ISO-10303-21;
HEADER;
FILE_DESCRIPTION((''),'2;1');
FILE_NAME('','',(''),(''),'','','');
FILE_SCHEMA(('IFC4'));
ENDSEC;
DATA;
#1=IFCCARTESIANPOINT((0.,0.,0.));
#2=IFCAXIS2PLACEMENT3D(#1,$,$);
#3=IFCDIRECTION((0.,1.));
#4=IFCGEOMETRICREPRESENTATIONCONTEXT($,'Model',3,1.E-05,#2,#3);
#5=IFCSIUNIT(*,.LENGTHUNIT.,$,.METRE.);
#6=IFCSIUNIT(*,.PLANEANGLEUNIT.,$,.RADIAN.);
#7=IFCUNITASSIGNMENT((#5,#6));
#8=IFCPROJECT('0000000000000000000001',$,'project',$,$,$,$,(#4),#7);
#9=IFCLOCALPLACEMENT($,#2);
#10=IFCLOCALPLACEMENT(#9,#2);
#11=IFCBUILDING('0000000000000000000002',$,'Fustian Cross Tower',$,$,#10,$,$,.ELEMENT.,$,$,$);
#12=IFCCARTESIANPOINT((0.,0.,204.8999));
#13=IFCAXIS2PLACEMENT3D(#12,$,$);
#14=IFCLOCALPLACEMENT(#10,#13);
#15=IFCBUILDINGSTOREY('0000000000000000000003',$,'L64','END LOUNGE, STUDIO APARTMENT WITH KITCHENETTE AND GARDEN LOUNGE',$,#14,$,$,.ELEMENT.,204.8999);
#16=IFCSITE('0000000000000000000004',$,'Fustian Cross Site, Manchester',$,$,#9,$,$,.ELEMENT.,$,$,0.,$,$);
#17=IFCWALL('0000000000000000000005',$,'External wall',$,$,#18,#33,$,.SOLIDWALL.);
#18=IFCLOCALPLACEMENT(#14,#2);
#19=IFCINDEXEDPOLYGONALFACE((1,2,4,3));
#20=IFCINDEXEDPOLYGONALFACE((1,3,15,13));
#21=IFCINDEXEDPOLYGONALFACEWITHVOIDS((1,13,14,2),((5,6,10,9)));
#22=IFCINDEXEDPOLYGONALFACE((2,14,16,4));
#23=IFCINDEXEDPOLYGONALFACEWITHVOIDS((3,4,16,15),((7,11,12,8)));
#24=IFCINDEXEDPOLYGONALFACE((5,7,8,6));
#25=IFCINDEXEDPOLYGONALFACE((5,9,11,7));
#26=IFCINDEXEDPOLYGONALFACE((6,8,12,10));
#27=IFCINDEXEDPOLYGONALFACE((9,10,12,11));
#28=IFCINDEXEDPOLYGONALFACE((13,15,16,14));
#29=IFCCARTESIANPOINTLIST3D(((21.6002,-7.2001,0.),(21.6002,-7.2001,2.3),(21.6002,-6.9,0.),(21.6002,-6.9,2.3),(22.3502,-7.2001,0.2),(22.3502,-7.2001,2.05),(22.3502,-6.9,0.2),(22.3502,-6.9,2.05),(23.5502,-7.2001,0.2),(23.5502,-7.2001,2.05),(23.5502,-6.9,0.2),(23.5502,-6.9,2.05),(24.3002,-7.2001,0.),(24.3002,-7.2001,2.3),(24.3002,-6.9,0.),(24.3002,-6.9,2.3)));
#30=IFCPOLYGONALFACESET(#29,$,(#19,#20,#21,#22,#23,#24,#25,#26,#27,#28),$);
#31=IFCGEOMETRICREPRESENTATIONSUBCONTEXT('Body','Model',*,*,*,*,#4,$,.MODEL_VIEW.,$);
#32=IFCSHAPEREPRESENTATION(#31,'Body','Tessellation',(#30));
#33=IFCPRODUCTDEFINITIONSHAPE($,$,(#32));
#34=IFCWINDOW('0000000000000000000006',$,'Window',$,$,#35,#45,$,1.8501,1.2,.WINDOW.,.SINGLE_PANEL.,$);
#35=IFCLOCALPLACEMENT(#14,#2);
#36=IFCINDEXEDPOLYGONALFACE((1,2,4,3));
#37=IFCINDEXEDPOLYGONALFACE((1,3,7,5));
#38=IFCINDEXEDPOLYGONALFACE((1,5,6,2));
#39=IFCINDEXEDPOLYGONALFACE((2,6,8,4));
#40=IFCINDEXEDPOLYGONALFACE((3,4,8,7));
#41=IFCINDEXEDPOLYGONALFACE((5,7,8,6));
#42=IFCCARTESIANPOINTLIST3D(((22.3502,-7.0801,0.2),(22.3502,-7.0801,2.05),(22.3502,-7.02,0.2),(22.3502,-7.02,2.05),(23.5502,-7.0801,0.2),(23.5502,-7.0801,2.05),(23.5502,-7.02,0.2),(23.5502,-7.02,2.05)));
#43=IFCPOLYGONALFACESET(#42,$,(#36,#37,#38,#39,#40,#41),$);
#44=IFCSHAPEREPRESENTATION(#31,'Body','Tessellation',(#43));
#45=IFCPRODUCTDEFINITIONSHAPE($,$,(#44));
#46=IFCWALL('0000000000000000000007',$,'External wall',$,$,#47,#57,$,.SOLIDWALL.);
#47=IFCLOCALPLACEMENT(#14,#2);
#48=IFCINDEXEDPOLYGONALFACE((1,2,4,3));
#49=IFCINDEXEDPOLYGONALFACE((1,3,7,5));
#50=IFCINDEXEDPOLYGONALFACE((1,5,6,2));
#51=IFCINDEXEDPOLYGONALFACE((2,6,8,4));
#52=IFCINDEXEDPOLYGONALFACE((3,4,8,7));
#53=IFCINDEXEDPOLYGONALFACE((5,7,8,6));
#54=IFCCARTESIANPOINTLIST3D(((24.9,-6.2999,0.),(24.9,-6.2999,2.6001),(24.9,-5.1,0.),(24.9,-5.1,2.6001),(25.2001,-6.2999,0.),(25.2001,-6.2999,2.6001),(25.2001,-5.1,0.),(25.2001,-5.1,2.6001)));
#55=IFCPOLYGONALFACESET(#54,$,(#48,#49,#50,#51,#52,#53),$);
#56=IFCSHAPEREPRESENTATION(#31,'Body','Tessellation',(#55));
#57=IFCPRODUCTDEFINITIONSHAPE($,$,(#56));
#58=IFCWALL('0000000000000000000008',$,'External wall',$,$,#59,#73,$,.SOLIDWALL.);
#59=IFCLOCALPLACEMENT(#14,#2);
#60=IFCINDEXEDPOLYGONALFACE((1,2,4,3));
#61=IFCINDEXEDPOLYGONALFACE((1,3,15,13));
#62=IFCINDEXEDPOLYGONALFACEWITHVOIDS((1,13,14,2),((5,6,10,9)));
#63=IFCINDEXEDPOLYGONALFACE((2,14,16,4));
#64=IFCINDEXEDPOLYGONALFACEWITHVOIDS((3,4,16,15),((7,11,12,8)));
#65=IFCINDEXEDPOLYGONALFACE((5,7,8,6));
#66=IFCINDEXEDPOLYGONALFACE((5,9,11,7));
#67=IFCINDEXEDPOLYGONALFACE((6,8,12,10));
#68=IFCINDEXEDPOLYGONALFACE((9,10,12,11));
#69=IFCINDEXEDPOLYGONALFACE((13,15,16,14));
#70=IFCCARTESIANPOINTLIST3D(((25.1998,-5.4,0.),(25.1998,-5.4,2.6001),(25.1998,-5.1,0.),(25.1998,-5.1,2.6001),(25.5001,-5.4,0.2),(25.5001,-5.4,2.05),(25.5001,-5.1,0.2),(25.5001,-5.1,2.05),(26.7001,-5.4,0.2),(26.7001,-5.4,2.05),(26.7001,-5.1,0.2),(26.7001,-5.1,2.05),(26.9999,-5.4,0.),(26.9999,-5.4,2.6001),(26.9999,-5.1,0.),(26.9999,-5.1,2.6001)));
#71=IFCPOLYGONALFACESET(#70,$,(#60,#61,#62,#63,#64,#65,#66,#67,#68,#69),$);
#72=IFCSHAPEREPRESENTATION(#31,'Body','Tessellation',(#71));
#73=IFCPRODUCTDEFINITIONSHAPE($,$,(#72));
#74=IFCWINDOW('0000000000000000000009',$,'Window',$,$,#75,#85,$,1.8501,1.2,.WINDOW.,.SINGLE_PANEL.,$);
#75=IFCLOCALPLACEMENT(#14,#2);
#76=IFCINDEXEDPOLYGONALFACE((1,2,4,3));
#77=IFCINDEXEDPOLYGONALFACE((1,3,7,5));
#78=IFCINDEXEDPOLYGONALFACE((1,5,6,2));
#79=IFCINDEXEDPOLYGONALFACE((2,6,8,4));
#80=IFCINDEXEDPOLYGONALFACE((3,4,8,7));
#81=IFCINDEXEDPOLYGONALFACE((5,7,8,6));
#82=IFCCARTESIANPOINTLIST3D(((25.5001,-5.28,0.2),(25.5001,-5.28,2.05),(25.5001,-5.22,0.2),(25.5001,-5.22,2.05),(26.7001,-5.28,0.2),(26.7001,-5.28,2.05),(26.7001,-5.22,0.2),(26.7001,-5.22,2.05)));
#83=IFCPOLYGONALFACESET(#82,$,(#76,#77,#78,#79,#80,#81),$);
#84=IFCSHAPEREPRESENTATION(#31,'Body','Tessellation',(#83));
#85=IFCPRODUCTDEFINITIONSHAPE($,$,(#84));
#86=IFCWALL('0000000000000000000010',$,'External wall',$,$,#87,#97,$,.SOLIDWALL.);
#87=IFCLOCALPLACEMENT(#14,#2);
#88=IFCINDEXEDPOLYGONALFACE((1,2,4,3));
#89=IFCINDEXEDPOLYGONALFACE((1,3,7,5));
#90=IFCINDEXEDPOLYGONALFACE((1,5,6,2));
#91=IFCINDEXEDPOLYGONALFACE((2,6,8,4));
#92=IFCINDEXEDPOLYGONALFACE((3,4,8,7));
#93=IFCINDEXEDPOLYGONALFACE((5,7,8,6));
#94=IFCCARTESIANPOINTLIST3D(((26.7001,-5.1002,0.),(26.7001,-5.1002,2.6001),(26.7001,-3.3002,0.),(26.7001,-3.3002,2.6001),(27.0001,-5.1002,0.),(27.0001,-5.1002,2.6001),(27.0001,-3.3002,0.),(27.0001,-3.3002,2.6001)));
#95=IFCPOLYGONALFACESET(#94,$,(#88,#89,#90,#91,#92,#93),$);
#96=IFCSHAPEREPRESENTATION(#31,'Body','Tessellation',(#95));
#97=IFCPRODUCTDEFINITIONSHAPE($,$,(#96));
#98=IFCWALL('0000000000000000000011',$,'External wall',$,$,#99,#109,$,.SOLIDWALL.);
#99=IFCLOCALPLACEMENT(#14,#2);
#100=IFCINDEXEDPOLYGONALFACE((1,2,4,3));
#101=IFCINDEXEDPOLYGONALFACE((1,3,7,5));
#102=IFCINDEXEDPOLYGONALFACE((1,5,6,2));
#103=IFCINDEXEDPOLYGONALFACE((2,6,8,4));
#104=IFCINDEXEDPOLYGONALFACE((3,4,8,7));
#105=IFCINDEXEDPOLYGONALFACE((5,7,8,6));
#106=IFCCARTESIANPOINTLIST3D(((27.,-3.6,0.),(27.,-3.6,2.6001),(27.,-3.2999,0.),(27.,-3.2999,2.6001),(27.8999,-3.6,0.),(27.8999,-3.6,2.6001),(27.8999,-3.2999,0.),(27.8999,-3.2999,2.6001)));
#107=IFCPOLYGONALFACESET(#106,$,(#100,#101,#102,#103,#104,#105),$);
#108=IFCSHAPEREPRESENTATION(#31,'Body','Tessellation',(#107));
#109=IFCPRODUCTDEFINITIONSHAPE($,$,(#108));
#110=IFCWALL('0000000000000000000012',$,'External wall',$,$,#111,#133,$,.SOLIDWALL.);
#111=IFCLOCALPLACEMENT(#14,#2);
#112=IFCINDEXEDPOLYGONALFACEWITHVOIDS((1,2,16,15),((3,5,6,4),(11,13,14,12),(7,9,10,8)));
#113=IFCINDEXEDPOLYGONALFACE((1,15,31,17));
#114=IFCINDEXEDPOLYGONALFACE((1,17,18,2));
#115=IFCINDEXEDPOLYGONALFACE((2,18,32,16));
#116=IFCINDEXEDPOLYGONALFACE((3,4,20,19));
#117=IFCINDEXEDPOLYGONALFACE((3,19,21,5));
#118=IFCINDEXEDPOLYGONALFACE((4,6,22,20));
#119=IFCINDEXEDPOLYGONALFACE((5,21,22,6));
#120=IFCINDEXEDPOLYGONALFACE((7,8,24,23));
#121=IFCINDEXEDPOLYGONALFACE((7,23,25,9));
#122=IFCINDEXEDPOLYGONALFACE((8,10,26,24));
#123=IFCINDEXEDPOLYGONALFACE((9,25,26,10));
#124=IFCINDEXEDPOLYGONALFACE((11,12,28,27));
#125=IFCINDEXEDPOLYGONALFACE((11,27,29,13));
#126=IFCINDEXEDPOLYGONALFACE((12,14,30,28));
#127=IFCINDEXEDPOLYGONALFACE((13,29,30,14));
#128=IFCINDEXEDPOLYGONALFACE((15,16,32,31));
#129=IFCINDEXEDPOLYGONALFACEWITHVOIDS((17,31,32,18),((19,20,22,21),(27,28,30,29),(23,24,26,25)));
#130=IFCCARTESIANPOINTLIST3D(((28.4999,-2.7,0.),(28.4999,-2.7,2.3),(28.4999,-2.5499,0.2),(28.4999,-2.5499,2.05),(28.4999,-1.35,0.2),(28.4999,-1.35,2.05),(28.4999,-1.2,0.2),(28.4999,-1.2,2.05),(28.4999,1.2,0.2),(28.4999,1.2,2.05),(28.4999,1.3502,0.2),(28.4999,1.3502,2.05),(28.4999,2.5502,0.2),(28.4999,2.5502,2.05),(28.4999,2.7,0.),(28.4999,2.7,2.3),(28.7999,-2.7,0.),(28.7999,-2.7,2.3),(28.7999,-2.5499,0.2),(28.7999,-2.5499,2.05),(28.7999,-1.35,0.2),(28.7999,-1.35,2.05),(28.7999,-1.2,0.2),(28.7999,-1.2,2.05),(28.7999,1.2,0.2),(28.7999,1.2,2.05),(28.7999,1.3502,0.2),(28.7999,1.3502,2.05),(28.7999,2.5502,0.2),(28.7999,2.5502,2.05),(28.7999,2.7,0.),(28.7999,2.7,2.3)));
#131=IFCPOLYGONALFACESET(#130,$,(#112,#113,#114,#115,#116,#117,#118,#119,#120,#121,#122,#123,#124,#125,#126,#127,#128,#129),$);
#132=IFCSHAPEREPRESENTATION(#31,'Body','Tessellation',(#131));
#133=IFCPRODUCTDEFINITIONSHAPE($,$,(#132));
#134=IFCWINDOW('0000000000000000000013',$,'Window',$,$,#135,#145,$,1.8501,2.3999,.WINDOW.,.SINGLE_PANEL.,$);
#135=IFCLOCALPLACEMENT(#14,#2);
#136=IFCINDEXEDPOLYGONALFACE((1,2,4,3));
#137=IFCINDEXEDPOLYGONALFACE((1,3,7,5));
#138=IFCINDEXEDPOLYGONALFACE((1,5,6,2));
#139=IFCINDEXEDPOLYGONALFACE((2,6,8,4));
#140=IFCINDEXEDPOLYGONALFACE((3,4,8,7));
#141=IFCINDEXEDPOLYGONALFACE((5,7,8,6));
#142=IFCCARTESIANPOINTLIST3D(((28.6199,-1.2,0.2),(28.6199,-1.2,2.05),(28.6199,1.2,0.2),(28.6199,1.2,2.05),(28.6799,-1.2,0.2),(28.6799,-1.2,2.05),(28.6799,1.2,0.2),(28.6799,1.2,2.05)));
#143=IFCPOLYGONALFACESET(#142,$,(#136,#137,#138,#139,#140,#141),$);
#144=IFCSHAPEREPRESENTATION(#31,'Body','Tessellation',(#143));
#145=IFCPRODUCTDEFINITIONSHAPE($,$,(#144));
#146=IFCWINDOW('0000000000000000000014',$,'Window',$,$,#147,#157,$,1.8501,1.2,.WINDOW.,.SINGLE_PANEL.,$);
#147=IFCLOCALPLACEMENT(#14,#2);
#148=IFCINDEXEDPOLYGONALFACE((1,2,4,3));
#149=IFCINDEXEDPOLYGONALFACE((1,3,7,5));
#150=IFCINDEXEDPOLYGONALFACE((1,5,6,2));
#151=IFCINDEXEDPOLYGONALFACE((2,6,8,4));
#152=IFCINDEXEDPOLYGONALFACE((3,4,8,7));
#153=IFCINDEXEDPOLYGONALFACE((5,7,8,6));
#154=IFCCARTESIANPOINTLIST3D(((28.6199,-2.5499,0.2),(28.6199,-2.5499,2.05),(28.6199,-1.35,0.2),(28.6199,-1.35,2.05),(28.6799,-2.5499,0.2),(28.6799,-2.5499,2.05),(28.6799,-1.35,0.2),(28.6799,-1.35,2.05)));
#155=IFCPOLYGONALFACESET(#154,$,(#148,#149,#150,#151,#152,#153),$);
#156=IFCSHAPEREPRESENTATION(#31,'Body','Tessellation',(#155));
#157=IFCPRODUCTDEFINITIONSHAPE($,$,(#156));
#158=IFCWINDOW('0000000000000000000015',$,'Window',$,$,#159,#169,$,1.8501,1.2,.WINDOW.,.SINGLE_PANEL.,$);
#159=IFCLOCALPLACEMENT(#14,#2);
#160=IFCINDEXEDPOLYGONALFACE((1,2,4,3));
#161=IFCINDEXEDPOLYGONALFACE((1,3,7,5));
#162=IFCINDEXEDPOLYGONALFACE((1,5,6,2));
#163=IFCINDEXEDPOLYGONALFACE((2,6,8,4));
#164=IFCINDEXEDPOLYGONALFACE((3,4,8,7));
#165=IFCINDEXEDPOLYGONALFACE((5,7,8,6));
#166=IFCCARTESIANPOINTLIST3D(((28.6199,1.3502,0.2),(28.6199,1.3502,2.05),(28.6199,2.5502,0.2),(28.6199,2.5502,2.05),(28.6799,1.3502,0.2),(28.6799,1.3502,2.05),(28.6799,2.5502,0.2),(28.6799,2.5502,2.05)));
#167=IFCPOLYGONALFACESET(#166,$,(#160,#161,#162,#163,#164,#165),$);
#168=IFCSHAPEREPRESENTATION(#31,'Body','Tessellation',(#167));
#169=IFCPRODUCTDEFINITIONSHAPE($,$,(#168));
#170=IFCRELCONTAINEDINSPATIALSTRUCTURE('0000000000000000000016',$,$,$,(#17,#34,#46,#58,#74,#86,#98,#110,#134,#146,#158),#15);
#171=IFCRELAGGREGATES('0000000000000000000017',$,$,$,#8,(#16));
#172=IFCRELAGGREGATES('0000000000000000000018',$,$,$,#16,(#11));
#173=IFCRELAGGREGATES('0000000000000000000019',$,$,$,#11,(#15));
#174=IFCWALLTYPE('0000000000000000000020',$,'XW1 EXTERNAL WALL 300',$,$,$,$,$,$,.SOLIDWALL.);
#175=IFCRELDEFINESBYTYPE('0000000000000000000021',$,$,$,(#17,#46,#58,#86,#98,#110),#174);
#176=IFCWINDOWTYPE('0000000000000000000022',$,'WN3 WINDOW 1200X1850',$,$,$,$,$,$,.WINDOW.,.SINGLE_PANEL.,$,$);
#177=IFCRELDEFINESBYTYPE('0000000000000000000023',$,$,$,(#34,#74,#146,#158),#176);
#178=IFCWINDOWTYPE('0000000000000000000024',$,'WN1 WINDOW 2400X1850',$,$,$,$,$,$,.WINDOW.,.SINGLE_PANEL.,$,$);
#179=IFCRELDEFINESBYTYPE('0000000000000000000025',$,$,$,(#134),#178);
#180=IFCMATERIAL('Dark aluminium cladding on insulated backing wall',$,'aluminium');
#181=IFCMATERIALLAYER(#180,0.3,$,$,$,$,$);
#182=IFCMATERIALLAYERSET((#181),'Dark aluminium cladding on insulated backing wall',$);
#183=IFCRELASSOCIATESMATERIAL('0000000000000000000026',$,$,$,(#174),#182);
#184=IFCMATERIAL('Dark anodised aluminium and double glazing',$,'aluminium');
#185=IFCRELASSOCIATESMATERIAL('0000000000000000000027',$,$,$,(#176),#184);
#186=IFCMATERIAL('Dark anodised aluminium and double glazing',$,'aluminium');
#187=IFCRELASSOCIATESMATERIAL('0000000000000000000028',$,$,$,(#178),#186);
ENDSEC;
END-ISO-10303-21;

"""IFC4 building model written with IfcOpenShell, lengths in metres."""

from ifc_helpers import new_model, si_unit, direction, frame, frame_2d, origin, place, context, subcontext, project, spatial, rectangle, extrude, material, layer, layer_set, type_object, element, fill, save


model = new_model("IFC4")

# Units and contexts
model_context = context("Model", 3, precision=1e-05, world=origin(), true_north=direction((0.0, 1.0)))
body_context = subcontext(model_context, "Body", "Model", "MODEL_VIEW")
ifc_project = project(units=[si_unit("LENGTHUNIT", "METRE"), si_unit("PLANEANGLEUNIT", "RADIAN")], contexts=[model_context])

# Site, building, storey
site_placement = place(None, origin())
site = spatial("IfcSite", under=ifc_project, at=site_placement, Name="Fustian Cross Site, Manchester", CompositionType="ELEMENT", RefElevation=0.0)
building_placement = place(site_placement, origin())
building = spatial("IfcBuilding", under=site, at=building_placement, Name="Fustian Cross Tower", CompositionType="ELEMENT")
storey_placement = place(building_placement, frame((0.0, 0.0, 204.8999)))
storey = spatial("IfcBuildingStorey", under=building, at=storey_placement, Name="L64", Description="END LOUNGE, STUDIO APARTMENT WITH KITCHENETTE AND GARDEN LOUNGE", CompositionType="ELEMENT", Elevation=204.8999)

# Wall, opening, window
ifc_material_1 = material(Name="Dark aluminium cladding on insulated backing wall", Category="aluminium")
ifc_layer_1 = layer(ifc_material_1, 0.3)
ifc_layer_set_1 = layer_set([ifc_layer_1], Name="Dark aluminium cladding on insulated backing wall")
wall_type_1 = type_object("IfcWallType", Name="XW1 EXTERNAL WALL 300", PredefinedType="SOLIDWALL", material=ifc_layer_set_1)
wall_1_placement = place(storey_placement, frame((21.6001, -7.05, 0.0), z_axis=(0.0, 0.0, 1.0), x_axis=(1.0, 0.0, 0.0)))
wall_1 = element("IfcWall", 1, at=wall_1_placement, inside=storey, type_object=wall_type_1, Name="External wall", PredefinedType="SOLIDWALL", context=body_context, shape_type="SweptSolid", body=[
    extrude(rectangle(XDim=2.7, YDim=0.3, at=frame_2d((1.3501, 0.0))), origin(), (0.0, 0.0, 1.0), 2.3),
])
opening_1_placement = place(wall_1_placement, frame((0.75, 0.0, 0.2)))
opening_1 = element("IfcOpeningElement", 2, at=opening_1_placement, cuts=wall_1, PredefinedType="OPENING", context=body_context, shape_type="SweptSolid", body=[
    extrude(rectangle(XDim=1.2, YDim=1.8501, at=frame_2d((0.6001, 0.925))), frame((0.0, 0.1599, 0.0), z_axis=(0.0, -1.0, 0.0), x_axis=(1.0, 0.0, 0.0)), (0.0, 0.0, 1.0), 0.3201),
])
ifc_material_2 = material(Name="Dark anodised aluminium and double glazing", Category="aluminium")
window_type_1 = type_object("IfcWindowType", Name="WN3 WINDOW 1200X1850", PartitioningType="SINGLE_PANEL", PredefinedType="WINDOW", material=ifc_material_2)
window_1_placement = place(opening_1_placement, origin())
window_1 = element("IfcWindow", 3, at=window_1_placement, inside=storey, type_object=window_type_1, Name="Window", OverallHeight=1.8501, OverallWidth=1.2, PartitioningType="SINGLE_PANEL", PredefinedType="WINDOW", context=body_context, shape_type="SweptSolid", body=[
    extrude(rectangle(XDim=1.2, YDim=1.8501, at=frame_2d((0.6001, 0.925))), frame((0.0, 0.03, 0.0), z_axis=(0.0, -1.0, 0.0), x_axis=(1.0, 0.0, 0.0)), (0.0, 0.0, 1.0), 0.0601),
])
fill(opening_1, window_1)

# Wall
wall_2_placement = place(storey_placement, frame((25.05, -6.3, 0.0), z_axis=(0.0, 0.0, 1.0), x_axis=(0.0, 1.0, 0.0)))
element("IfcWall", 4, at=wall_2_placement, inside=storey, type_object=wall_type_1, Name="External wall", PredefinedType="SOLIDWALL", context=body_context, shape_type="SweptSolid", body=[
    extrude(rectangle(XDim=1.2, YDim=0.3, at=frame_2d((0.6001, 0.0))), origin(), (0.0, 0.0, 1.0), 2.6001),
])

# Wall, opening, window
wall_3_placement = place(storey_placement, frame((25.2, -5.25, 0.0), z_axis=(0.0, 0.0, 1.0), x_axis=(1.0, 0.0, 0.0)))
wall_3 = element("IfcWall", 5, at=wall_3_placement, inside=storey, type_object=wall_type_1, Name="External wall", PredefinedType="SOLIDWALL", context=body_context, shape_type="SweptSolid", body=[
    extrude(rectangle(XDim=1.8, YDim=0.3, at=frame_2d((0.8999, 0.0))), origin(), (0.0, 0.0, 1.0), 2.6001),
])
opening_2_placement = place(wall_3_placement, frame((0.3, 0.0, 0.2)))
opening_2 = element("IfcOpeningElement", 6, at=opening_2_placement, cuts=wall_3, PredefinedType="OPENING", context=body_context, shape_type="SweptSolid", body=[
    extrude(rectangle(XDim=1.2, YDim=1.8501, at=frame_2d((0.6001, 0.925))), frame((0.0, 0.1599, 0.0), z_axis=(0.0, -1.0, 0.0), x_axis=(1.0, 0.0, 0.0)), (0.0, 0.0, 1.0), 0.3201),
])
window_2_placement = place(opening_2_placement, origin())
window_2 = element("IfcWindow", 7, at=window_2_placement, inside=storey, type_object=window_type_1, Name="Window", OverallHeight=1.8501, OverallWidth=1.2, PartitioningType="SINGLE_PANEL", PredefinedType="WINDOW", context=body_context, shape_type="SweptSolid", body=[
    extrude(rectangle(XDim=1.2, YDim=1.8501, at=frame_2d((0.6001, 0.925))), frame((0.0, 0.03, 0.0), z_axis=(0.0, -1.0, 0.0), x_axis=(1.0, 0.0, 0.0)), (0.0, 0.0, 1.0), 0.0601),
])
fill(opening_2, window_2)

# Walls
wall_4_placement = place(storey_placement, frame((26.8501, -5.1001, 0.0), z_axis=(0.0, 0.0, 1.0), x_axis=(0.0, 1.0, 0.0)))
element("IfcWall", 8, at=wall_4_placement, inside=storey, type_object=wall_type_1, Name="External wall", PredefinedType="SOLIDWALL", context=body_context, shape_type="SweptSolid", body=[
    extrude(rectangle(XDim=1.8, YDim=0.3, at=frame_2d((0.8999, 0.0))), origin(), (0.0, 0.0, 1.0), 2.6001),
])
wall_5_placement = place(storey_placement, frame((27.0, -3.45, 0.0), z_axis=(0.0, 0.0, 1.0), x_axis=(1.0, 0.0, 0.0)))
element("IfcWall", 9, at=wall_5_placement, inside=storey, type_object=wall_type_1, Name="External wall", PredefinedType="SOLIDWALL", context=body_context, shape_type="SweptSolid", body=[
    extrude(rectangle(XDim=0.8999, YDim=0.3, at=frame_2d((0.45, 0.0))), origin(), (0.0, 0.0, 1.0), 2.6001),
])

# Wall, openings, windows
wall_6_placement = place(storey_placement, frame((28.6499, -2.7, 0.0), z_axis=(0.0, 0.0, 1.0), x_axis=(0.0, 1.0, 0.0)))
wall_6 = element("IfcWall", 10, at=wall_6_placement, inside=storey, type_object=wall_type_1, Name="External wall", PredefinedType="SOLIDWALL", context=body_context, shape_type="SweptSolid", body=[
    extrude(rectangle(XDim=5.3999, YDim=0.3, at=frame_2d((2.7, 0.0))), origin(), (0.0, 0.0, 1.0), 2.3),
])
opening_3_placement = place(wall_6_placement, frame((1.5, 0.0, 0.2)))
opening_3 = element("IfcOpeningElement", 11, at=opening_3_placement, cuts=wall_6, PredefinedType="OPENING", context=body_context, shape_type="SweptSolid", body=[
    extrude(rectangle(XDim=2.3999, YDim=1.8501, at=frame_2d((1.2, 0.925))), frame((0.0, 0.1599, 0.0), z_axis=(0.0, -1.0, 0.0), x_axis=(1.0, 0.0, 0.0)), (0.0, 0.0, 1.0), 0.3201),
])
opening_4_placement = place(wall_6_placement, frame((0.1499, 0.0, 0.2)))
opening_4 = element("IfcOpeningElement", 12, at=opening_4_placement, cuts=wall_6, PredefinedType="OPENING", context=body_context, shape_type="SweptSolid", body=[
    extrude(rectangle(XDim=1.2, YDim=1.8501, at=frame_2d((0.6001, 0.925))), frame((0.0, 0.1599, 0.0), z_axis=(0.0, -1.0, 0.0), x_axis=(1.0, 0.0, 0.0)), (0.0, 0.0, 1.0), 0.3201),
])
opening_5_placement = place(wall_6_placement, frame((4.05, 0.0, 0.2)))
opening_5 = element("IfcOpeningElement", 13, at=opening_5_placement, cuts=wall_6, PredefinedType="OPENING", context=body_context, shape_type="SweptSolid", body=[
    extrude(rectangle(XDim=1.2, YDim=1.8501, at=frame_2d((0.6001, 0.925))), frame((0.0, 0.1599, 0.0), z_axis=(0.0, -1.0, 0.0), x_axis=(1.0, 0.0, 0.0)), (0.0, 0.0, 1.0), 0.3201),
])
ifc_material_3 = material(Name="Dark anodised aluminium and double glazing", Category="aluminium")
window_type_2 = type_object("IfcWindowType", Name="WN1 WINDOW 2400X1850", PartitioningType="SINGLE_PANEL", PredefinedType="WINDOW", material=ifc_material_3)
window_3_placement = place(opening_3_placement, origin())
window_3 = element("IfcWindow", 14, at=window_3_placement, inside=storey, type_object=window_type_2, Name="Window", OverallHeight=1.8501, OverallWidth=2.3999, PartitioningType="SINGLE_PANEL", PredefinedType="WINDOW", context=body_context, shape_type="SweptSolid", body=[
    extrude(rectangle(XDim=2.3999, YDim=1.8501, at=frame_2d((1.2, 0.925))), frame((0.0, 0.03, 0.0), z_axis=(0.0, -1.0, 0.0), x_axis=(1.0, 0.0, 0.0)), (0.0, 0.0, 1.0), 0.0601),
])
fill(opening_3, window_3)
window_4_placement = place(opening_4_placement, origin())
window_4 = element("IfcWindow", 15, at=window_4_placement, inside=storey, type_object=window_type_1, Name="Window", OverallHeight=1.8501, OverallWidth=1.2, PartitioningType="SINGLE_PANEL", PredefinedType="WINDOW", context=body_context, shape_type="SweptSolid", body=[
    extrude(rectangle(XDim=1.2, YDim=1.8501, at=frame_2d((0.6001, 0.925))), frame((0.0, 0.03, 0.0), z_axis=(0.0, -1.0, 0.0), x_axis=(1.0, 0.0, 0.0)), (0.0, 0.0, 1.0), 0.0601),
])
fill(opening_4, window_4)
window_5_placement = place(opening_5_placement, origin())
window_5 = element("IfcWindow", 16, at=window_5_placement, inside=storey, type_object=window_type_1, Name="Window", OverallHeight=1.8501, OverallWidth=1.2, PartitioningType="SINGLE_PANEL", PredefinedType="WINDOW", context=body_context, shape_type="SweptSolid", body=[
    extrude(rectangle(XDim=1.2, YDim=1.8501, at=frame_2d((0.6001, 0.925))), frame((0.0, 0.03, 0.0), z_axis=(0.0, -1.0, 0.0), x_axis=(1.0, 0.0, 0.0)), (0.0, 0.0, 1.0), 0.0601),
])
fill(opening_5, window_5)

save(model, "model.ifc")
